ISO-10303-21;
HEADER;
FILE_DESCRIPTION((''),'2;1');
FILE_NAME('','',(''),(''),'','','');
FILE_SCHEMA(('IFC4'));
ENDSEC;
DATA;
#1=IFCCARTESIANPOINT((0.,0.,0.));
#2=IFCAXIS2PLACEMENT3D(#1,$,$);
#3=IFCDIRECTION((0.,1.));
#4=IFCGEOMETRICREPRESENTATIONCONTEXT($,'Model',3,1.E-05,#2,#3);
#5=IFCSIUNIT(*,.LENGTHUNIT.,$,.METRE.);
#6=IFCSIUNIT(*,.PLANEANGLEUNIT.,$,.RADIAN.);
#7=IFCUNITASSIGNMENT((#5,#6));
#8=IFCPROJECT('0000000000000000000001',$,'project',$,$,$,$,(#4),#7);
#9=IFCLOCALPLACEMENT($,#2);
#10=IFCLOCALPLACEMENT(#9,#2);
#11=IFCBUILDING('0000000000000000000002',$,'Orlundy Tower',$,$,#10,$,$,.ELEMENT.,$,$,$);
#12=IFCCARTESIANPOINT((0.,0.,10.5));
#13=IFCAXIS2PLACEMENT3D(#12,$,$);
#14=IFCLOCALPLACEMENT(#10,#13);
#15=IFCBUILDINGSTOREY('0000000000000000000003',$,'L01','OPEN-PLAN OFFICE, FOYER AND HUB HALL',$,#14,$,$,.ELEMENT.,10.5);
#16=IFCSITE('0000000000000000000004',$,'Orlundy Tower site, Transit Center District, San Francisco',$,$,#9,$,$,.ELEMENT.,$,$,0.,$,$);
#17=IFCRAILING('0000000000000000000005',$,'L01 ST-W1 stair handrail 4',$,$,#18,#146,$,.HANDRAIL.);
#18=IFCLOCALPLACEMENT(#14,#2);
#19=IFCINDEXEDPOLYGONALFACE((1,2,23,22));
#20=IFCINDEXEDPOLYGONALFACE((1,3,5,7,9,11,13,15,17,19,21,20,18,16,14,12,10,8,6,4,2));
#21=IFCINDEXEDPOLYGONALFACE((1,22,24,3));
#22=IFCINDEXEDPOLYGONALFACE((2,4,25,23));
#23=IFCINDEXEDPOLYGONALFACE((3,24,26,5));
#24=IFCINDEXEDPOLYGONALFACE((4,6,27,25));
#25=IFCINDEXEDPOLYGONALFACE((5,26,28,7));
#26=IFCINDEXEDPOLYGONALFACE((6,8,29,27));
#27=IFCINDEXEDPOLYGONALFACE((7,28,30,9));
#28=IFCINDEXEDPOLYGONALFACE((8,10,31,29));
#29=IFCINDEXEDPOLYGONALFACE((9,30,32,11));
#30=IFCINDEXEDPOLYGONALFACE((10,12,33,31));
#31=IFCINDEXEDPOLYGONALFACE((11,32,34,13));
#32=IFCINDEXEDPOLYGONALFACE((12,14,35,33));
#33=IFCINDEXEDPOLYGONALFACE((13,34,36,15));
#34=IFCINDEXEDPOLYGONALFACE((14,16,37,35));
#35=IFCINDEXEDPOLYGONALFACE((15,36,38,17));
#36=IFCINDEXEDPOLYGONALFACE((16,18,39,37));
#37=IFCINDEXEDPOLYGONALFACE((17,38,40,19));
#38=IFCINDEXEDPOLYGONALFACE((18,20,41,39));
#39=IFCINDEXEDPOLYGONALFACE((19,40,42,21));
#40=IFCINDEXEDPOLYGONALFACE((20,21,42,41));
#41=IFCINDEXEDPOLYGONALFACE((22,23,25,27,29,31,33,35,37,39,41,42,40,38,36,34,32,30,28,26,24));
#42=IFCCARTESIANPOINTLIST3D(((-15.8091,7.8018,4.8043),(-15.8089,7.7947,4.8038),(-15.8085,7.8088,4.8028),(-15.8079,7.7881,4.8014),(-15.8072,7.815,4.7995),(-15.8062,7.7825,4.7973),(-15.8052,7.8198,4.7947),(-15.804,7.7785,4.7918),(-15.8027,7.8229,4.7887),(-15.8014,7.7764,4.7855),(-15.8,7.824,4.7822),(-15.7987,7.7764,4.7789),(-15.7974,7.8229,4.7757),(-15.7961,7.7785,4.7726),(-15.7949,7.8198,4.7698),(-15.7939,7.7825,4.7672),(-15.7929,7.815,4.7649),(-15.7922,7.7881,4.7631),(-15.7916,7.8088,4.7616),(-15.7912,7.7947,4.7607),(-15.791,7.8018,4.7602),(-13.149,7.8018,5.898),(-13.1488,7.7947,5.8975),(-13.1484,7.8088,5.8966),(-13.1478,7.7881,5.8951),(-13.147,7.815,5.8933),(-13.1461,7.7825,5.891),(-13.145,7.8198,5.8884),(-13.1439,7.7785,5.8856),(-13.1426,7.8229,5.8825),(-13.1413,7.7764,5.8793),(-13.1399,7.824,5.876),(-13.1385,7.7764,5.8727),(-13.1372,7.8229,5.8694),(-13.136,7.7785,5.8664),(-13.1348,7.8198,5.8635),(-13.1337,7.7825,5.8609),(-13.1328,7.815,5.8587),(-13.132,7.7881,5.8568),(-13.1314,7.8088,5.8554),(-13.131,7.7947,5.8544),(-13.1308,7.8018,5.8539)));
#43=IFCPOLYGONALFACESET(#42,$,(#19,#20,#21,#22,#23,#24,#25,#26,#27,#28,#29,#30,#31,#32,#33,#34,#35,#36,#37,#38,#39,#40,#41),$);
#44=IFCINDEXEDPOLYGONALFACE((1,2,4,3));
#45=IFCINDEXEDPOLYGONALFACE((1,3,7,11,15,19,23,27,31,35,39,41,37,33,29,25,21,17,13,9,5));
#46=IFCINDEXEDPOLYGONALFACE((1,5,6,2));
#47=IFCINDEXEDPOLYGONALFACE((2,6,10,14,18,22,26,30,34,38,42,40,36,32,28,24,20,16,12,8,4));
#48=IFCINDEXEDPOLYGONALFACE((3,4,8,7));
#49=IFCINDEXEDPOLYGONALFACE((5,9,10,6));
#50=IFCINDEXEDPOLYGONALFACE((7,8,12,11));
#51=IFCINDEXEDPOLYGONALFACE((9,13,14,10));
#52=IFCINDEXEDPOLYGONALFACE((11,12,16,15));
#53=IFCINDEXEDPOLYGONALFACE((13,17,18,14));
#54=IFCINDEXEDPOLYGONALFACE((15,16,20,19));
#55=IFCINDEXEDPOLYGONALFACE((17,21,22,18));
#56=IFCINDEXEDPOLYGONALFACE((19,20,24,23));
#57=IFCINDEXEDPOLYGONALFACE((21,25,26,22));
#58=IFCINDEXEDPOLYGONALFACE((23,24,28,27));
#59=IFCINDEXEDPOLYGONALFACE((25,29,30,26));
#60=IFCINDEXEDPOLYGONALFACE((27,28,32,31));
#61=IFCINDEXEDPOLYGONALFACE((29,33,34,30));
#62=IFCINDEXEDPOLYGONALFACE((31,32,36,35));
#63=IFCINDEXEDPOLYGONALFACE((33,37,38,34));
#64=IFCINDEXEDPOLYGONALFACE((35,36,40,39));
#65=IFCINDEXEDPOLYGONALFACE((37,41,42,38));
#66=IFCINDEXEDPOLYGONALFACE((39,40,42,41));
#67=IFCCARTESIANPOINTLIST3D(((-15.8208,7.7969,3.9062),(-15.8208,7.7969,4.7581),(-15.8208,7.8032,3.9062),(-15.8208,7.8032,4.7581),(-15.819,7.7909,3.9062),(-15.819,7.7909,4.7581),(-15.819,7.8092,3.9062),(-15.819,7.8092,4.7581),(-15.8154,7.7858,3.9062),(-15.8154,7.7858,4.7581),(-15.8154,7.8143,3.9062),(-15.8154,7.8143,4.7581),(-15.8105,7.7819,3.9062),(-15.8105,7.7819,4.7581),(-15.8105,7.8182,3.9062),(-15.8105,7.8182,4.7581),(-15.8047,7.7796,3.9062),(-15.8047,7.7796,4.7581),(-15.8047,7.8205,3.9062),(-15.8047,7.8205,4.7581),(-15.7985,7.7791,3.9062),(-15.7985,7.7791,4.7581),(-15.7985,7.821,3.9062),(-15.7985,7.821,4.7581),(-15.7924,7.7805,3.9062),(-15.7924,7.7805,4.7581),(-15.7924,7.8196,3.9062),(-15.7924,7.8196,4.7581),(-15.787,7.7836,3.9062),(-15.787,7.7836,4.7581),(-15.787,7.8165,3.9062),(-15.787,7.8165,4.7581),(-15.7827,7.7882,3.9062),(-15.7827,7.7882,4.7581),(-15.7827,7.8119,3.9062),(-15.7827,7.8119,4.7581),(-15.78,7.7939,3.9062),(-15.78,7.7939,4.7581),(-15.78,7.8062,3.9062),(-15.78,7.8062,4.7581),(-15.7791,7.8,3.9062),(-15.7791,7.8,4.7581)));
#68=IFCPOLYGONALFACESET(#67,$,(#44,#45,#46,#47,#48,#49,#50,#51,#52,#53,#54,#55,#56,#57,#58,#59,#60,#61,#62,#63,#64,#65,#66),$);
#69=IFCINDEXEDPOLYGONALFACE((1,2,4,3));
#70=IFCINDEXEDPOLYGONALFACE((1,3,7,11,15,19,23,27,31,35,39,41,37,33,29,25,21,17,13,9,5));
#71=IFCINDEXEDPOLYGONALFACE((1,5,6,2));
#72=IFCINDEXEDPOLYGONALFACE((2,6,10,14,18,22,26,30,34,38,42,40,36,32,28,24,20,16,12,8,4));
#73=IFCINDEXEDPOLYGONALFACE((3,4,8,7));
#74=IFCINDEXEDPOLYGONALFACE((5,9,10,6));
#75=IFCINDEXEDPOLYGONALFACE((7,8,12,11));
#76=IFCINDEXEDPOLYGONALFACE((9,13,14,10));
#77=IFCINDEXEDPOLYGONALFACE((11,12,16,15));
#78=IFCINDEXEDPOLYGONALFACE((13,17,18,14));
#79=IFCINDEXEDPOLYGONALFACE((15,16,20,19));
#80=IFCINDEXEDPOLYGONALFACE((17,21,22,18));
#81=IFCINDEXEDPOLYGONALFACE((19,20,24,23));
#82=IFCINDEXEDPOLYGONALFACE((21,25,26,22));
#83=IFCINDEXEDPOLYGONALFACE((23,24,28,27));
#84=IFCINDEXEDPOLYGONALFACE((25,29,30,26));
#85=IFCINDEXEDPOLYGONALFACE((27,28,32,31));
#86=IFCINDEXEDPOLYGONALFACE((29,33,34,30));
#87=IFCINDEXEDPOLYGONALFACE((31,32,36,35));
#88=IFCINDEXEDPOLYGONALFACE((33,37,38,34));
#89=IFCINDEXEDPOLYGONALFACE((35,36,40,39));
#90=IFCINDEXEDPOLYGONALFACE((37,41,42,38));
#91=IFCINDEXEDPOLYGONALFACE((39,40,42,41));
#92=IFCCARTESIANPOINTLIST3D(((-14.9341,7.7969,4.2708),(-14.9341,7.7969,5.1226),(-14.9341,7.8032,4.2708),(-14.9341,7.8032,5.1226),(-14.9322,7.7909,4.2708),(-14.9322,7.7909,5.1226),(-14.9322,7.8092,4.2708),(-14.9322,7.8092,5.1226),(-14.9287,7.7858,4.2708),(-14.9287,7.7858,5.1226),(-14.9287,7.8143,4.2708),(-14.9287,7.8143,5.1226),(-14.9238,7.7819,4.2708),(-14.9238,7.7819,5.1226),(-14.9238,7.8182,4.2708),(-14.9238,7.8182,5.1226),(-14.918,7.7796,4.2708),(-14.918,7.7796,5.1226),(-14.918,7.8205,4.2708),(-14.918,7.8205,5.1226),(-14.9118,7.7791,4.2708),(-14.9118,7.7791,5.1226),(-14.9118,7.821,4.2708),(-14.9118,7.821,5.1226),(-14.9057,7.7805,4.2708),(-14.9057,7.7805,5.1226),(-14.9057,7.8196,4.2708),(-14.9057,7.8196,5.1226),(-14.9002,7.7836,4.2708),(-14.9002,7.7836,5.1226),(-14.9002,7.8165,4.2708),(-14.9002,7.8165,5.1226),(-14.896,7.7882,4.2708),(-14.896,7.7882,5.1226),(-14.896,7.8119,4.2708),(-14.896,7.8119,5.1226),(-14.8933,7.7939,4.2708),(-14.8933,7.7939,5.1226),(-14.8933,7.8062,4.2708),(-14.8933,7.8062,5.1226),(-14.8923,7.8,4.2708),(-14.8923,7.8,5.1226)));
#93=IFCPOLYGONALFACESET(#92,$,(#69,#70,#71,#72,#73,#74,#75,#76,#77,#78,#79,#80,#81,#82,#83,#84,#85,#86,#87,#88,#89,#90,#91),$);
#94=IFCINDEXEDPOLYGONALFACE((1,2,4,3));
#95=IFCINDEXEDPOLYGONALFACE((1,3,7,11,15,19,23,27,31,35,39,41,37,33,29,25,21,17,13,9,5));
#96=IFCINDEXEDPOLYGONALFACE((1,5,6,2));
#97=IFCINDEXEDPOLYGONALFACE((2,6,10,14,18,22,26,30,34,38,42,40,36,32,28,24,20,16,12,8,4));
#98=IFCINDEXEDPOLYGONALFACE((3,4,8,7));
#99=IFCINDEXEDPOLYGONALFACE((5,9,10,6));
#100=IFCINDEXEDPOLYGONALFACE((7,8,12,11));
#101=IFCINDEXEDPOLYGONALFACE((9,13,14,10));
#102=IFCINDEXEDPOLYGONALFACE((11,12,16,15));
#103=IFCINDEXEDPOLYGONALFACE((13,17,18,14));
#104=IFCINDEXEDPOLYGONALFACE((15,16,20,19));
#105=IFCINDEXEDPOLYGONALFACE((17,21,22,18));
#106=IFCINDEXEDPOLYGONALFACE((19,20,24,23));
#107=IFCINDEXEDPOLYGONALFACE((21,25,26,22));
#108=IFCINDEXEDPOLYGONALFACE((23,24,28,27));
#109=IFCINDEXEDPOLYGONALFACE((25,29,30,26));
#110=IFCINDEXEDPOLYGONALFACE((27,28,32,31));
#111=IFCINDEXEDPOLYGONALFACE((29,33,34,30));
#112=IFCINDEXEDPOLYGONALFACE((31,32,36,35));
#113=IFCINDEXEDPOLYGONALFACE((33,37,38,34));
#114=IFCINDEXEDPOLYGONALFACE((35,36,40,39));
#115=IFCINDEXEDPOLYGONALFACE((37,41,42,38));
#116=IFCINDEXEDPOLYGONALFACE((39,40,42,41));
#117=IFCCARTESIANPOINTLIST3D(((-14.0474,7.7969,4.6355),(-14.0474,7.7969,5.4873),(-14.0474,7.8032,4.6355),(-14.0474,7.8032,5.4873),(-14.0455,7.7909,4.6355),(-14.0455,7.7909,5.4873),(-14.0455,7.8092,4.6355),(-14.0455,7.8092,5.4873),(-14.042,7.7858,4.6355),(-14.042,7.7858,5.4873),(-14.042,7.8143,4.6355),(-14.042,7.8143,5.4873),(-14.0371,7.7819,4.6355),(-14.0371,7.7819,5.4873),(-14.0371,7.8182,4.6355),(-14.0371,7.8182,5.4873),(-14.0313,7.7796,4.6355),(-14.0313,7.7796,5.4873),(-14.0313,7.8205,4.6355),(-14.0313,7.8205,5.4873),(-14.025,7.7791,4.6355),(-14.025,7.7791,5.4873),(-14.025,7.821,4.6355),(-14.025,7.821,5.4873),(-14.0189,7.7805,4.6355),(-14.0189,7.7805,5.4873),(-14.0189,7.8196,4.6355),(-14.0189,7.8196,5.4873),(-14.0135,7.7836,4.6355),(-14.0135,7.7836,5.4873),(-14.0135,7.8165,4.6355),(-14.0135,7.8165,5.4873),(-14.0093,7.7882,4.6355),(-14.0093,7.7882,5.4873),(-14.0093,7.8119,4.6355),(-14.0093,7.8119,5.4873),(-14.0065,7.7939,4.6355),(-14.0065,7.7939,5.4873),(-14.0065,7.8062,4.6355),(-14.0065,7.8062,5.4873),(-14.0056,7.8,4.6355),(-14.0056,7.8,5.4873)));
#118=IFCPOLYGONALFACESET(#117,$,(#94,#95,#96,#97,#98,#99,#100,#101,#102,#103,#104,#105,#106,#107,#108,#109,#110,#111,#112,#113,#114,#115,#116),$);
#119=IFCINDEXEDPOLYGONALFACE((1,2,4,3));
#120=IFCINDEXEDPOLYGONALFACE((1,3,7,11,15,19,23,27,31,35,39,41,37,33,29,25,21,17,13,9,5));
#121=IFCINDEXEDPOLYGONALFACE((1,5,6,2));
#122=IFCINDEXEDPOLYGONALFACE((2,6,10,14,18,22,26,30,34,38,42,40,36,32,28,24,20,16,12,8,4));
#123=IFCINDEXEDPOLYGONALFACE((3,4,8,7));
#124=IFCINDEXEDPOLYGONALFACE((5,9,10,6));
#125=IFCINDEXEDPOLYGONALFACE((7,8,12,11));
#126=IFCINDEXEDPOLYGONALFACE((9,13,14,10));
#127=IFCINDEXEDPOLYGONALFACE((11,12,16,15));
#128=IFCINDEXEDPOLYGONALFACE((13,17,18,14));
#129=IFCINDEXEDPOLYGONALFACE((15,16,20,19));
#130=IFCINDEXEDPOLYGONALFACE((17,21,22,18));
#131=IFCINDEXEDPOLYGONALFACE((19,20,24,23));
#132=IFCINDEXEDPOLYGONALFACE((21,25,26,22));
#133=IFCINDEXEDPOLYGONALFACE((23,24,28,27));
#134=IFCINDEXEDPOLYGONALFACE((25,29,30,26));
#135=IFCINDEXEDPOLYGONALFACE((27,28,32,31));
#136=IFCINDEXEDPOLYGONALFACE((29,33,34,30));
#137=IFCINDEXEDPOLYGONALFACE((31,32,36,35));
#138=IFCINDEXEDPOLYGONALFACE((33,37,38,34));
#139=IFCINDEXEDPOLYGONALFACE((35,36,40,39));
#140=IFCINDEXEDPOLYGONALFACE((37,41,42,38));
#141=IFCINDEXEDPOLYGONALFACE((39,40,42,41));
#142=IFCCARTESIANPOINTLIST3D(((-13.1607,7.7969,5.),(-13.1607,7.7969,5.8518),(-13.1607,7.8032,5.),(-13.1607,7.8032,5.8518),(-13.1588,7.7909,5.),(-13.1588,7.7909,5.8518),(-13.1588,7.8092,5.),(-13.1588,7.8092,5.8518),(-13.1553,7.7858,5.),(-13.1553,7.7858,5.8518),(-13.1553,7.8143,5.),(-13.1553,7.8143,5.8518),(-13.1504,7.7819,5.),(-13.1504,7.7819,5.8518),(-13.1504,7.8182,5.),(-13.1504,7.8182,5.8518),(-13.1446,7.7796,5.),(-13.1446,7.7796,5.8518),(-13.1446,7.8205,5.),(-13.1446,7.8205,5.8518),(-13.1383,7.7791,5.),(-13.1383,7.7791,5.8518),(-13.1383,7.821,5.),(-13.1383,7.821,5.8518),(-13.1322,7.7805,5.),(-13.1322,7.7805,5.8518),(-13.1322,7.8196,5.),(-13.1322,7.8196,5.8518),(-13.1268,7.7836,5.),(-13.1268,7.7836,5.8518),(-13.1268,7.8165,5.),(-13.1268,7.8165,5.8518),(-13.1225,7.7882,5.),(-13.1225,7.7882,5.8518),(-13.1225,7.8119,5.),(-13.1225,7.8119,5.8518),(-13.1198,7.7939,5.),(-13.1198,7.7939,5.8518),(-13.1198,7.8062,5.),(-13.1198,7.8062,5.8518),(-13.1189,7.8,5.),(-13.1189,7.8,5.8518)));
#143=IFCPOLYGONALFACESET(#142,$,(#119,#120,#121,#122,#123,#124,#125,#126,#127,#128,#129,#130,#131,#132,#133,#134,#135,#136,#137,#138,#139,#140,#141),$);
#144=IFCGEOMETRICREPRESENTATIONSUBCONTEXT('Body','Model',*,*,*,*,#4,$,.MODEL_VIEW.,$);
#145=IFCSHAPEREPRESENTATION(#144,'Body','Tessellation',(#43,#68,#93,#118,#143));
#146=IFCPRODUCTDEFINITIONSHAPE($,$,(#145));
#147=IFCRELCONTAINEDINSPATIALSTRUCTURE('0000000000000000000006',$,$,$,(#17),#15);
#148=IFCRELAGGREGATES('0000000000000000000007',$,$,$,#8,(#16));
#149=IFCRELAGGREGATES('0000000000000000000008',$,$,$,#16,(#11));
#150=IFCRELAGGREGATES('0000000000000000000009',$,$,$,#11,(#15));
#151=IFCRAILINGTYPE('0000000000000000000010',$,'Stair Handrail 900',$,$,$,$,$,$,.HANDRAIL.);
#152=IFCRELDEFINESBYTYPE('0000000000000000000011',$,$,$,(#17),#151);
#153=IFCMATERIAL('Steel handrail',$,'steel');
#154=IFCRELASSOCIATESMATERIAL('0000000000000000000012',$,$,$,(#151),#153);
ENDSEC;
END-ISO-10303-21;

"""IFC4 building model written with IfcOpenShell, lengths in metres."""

from ifc_helpers import new_model, si_unit, direction, frame, origin, origin_2d, place, context, subcontext, project, spatial, circle, extrude, material, type_object, element, save


model = new_model("IFC4")

# Units and contexts
model_context = context("Model", 3, precision=1e-05, world=origin(), true_north=direction((0.0, 1.0)))
body_context = subcontext(model_context, "Body", "Model", "MODEL_VIEW")
ifc_project = project(units=[si_unit("LENGTHUNIT", "METRE"), si_unit("PLANEANGLEUNIT", "RADIAN")], contexts=[model_context])

# Site, building, storey
site_placement = place(None, origin())
site = spatial("IfcSite", under=ifc_project, at=site_placement, Name="Orlundy Tower site, Transit Center District, San Francisco", CompositionType="ELEMENT", RefElevation=0.0)
building_placement = place(site_placement, origin())
building = spatial("IfcBuilding", under=site, at=building_placement, Name="Orlundy Tower", CompositionType="ELEMENT")
storey_placement = place(building_placement, frame((0.0, 0.0, 10.5)))
storey = spatial("IfcBuildingStorey", under=building, at=storey_placement, Name="L01", Description="OPEN-PLAN OFFICE, FOYER AND HUB HALL", CompositionType="ELEMENT", Elevation=10.5)

# Railing
ifc_material_1 = material(Name="Steel handrail", Category="steel")
railing_type_1 = type_object("IfcRailingType", Name="Stair Handrail 900", PredefinedType="HANDRAIL", material=ifc_material_1)
railing_1_placement = place(storey_placement, frame((-15.8, 7.8, 3.9062)))
element("IfcRailing", 1, at=railing_1_placement, inside=storey, type_object=railing_type_1, Name="L01 ST-W1 stair handrail 4", PredefinedType="HANDRAIL", context=body_context, shape_type="SweptSolid", body=[
    extrude(circle(Radius=0.0239, at=origin_2d()), frame((0.0, 0.0, 0.876), z_axis=(0.924875, 0.0, 0.380272), x_axis=(0.0, 1.0, 0.0)), (0.0, 0.0, 1.0), 2.8762),
    extrude(circle(Radius=0.021, at=origin_2d()), origin(), (0.0, 0.0, 1.0), 0.8518),
    extrude(circle(Radius=0.021, at=origin_2d()), frame((0.8867, 0.0, 0.3645)), (0.0, 0.0, 1.0), 0.8518),
    extrude(circle(Radius=0.021, at=origin_2d()), frame((1.7734, 0.0, 0.7292)), (0.0, 0.0, 1.0), 0.8518),
    extrude(circle(Radius=0.021, at=origin_2d()), frame((2.6602, 0.0, 1.0938)), (0.0, 0.0, 1.0), 0.8518),
])

save(model, "model.ifc")
